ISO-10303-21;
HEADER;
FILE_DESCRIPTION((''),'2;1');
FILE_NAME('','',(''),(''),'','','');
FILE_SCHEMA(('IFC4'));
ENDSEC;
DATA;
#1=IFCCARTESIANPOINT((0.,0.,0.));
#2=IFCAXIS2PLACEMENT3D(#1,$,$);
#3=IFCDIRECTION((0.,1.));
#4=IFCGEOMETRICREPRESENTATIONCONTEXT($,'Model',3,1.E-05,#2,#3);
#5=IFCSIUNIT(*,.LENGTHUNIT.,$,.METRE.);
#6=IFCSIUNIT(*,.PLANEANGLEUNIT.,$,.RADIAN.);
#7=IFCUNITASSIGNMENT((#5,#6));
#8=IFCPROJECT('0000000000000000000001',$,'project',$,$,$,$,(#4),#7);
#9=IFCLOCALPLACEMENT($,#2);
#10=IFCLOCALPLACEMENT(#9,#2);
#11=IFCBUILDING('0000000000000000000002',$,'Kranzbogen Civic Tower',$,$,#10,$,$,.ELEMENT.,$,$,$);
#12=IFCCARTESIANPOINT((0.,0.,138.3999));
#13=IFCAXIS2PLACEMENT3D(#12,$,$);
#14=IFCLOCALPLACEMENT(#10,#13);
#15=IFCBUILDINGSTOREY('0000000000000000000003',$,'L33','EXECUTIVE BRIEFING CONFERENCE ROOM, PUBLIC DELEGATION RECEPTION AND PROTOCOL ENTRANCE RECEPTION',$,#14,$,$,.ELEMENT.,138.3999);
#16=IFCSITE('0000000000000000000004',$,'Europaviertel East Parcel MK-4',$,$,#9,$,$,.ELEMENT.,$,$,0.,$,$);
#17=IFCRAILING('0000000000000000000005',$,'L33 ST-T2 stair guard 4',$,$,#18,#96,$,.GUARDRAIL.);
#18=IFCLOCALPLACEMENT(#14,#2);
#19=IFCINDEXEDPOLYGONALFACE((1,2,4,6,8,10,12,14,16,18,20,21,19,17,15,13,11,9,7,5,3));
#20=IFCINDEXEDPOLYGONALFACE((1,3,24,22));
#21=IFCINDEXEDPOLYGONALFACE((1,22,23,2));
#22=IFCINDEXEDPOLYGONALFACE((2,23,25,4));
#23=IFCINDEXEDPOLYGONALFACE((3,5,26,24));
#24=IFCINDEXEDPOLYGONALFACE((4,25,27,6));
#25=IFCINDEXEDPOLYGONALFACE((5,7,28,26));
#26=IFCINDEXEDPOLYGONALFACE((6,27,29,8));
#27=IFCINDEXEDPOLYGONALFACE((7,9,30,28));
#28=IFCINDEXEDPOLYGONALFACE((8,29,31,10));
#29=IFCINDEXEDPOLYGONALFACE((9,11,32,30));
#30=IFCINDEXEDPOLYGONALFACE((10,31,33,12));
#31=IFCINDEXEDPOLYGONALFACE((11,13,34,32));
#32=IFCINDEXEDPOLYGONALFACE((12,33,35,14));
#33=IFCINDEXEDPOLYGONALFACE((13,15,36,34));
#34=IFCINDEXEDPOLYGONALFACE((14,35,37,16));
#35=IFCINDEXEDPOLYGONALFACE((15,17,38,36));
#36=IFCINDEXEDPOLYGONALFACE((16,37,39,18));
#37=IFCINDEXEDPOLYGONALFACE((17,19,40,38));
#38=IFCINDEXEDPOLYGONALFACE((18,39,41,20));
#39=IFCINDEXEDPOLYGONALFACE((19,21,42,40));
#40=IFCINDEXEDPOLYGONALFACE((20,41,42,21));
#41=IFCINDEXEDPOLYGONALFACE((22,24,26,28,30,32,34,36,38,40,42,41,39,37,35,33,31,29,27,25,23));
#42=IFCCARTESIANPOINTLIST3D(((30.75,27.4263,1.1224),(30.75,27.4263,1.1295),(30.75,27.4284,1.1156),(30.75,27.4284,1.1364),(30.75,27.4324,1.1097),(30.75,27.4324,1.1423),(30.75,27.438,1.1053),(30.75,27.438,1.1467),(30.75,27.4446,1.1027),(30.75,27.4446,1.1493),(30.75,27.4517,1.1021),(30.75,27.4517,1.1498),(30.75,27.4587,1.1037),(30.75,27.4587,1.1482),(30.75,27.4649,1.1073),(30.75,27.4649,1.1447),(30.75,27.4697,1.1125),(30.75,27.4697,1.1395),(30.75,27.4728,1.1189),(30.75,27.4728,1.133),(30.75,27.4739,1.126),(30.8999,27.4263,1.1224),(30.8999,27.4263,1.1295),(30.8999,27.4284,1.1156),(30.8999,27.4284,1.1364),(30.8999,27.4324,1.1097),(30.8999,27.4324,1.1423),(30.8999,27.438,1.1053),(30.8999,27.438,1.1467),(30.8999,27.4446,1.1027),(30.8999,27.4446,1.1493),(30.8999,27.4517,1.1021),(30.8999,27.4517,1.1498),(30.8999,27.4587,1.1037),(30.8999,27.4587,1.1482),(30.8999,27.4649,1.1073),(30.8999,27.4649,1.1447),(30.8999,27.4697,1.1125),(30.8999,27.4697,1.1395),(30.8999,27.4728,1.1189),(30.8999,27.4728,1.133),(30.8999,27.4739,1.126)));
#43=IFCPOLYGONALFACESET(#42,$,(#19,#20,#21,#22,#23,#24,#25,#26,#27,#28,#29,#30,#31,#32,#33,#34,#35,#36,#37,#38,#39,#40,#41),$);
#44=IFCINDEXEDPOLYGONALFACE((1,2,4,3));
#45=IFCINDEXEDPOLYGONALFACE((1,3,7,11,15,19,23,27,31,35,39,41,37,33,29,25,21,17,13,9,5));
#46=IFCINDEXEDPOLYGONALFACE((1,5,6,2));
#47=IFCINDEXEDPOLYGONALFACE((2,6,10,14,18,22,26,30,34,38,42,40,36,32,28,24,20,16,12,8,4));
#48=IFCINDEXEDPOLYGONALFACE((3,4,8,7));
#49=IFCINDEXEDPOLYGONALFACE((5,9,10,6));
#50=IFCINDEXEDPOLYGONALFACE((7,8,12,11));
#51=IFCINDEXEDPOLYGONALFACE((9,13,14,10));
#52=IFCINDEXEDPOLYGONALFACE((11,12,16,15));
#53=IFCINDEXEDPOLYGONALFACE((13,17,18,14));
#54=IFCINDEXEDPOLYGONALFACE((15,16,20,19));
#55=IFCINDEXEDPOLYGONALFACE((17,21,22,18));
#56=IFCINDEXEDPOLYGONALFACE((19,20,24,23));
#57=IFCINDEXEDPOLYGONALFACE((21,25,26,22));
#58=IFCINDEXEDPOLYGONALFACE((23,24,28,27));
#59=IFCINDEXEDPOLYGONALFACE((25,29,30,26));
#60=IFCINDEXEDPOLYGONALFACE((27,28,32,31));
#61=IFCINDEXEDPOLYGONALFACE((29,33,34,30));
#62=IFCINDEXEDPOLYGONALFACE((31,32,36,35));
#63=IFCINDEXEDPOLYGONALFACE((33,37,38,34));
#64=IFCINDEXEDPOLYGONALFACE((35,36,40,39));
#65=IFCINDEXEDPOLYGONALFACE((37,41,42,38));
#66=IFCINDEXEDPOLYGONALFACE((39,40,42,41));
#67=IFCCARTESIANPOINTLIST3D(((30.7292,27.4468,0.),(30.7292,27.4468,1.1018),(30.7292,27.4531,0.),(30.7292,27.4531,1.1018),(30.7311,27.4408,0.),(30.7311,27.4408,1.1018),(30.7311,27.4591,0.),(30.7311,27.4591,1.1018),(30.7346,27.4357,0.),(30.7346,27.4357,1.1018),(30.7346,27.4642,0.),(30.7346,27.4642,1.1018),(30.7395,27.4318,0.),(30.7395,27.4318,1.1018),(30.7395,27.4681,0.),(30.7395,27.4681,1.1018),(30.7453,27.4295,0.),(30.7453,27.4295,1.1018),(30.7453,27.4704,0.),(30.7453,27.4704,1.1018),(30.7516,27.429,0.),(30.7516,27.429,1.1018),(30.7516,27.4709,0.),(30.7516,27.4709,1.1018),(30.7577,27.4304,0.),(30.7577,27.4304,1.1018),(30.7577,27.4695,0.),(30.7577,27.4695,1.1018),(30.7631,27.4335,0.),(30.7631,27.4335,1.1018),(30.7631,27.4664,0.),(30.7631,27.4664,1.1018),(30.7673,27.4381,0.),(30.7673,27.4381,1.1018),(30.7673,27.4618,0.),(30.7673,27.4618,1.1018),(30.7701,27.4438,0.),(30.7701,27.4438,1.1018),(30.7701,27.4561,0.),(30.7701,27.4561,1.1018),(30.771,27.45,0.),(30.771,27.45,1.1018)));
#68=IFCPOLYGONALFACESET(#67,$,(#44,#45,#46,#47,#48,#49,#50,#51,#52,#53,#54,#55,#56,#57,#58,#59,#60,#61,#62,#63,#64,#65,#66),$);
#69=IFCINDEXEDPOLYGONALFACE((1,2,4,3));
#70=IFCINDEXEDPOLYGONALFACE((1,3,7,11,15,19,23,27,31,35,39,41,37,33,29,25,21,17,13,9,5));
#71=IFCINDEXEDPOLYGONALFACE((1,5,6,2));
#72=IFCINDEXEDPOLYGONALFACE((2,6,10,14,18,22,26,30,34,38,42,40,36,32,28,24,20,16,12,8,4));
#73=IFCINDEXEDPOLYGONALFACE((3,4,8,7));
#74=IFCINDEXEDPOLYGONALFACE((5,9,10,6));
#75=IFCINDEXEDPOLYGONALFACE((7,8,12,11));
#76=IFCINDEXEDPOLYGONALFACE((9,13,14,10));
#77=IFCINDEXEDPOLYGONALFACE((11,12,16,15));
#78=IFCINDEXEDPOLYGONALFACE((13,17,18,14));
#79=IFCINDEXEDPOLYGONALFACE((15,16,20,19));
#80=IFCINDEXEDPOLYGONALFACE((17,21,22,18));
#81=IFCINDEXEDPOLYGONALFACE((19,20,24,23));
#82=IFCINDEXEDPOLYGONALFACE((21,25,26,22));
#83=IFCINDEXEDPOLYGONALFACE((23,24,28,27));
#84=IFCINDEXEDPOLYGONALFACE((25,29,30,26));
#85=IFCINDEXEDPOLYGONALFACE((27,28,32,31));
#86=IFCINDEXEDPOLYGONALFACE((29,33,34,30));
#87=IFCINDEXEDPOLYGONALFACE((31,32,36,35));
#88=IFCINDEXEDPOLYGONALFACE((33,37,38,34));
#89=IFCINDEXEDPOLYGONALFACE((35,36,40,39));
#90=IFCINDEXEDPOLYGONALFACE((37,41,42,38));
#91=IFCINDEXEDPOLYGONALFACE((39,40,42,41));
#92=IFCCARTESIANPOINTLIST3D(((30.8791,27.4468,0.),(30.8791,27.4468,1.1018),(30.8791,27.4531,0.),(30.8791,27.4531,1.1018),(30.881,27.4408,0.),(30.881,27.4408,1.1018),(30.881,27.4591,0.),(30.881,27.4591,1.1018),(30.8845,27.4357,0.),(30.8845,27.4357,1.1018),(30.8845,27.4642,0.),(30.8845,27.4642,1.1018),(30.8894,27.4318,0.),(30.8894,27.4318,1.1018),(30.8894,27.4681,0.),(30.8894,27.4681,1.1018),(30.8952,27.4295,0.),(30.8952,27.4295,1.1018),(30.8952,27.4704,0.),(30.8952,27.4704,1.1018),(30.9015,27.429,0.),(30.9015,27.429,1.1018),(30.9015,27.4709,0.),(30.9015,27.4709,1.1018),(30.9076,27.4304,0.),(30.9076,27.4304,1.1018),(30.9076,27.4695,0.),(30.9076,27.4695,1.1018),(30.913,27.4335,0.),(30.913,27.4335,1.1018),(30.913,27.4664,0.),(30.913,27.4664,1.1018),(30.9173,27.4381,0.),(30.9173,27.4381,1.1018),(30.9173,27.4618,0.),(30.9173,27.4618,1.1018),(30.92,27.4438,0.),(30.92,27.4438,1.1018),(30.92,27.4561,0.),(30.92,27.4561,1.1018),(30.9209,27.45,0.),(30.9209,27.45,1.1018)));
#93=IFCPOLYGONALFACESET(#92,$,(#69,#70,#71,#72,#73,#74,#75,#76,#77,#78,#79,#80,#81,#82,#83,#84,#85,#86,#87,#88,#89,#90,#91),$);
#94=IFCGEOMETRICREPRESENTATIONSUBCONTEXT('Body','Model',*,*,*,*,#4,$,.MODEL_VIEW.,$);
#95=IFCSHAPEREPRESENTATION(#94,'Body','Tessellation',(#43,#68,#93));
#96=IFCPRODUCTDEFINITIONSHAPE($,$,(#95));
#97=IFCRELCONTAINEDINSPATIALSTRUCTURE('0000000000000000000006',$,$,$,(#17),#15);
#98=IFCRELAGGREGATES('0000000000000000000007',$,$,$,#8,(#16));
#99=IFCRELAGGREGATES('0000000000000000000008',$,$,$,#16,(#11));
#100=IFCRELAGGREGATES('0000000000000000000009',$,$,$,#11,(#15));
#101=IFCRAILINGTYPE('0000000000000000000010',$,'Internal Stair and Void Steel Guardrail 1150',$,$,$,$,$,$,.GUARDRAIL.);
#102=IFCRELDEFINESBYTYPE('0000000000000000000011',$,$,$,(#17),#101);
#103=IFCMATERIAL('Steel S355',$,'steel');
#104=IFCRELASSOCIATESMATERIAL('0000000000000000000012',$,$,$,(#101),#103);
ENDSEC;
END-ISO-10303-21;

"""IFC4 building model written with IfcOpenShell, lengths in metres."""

from ifc_helpers import new_model, si_unit, direction, frame, origin, origin_2d, place, context, subcontext, project, spatial, circle, extrude, material, type_object, element, save


model = new_model("IFC4")

# Units and contexts
model_context = context("Model", 3, precision=1e-05, world=origin(), true_north=direction((0.0, 1.0)))
body_context = subcontext(model_context, "Body", "Model", "MODEL_VIEW")
ifc_project = project(units=[si_unit("LENGTHUNIT", "METRE"), si_unit("PLANEANGLEUNIT", "RADIAN")], contexts=[model_context])

# Site, building, storey
site_placement = place(None, origin())
site = spatial("IfcSite", under=ifc_project, at=site_placement, Name="Europaviertel East Parcel MK-4", CompositionType="ELEMENT", RefElevation=0.0)
building_placement = place(site_placement, origin())
building = spatial("IfcBuilding", under=site, at=building_placement, Name="Kranzbogen Civic Tower", CompositionType="ELEMENT")
storey_placement = place(building_placement, frame((0.0, 0.0, 138.3999)))
storey = spatial("IfcBuildingStorey", under=building, at=storey_placement, Name="L33", Description="EXECUTIVE BRIEFING CONFERENCE ROOM, PUBLIC DELEGATION RECEPTION AND PROTOCOL ENTRANCE RECEPTION", CompositionType="ELEMENT", Elevation=138.3999)

# Shared definitions
ifc_material_1 = material(Name="Steel S355", Category="steel")

# Railing
railing_type_1 = type_object("IfcRailingType", Name="Internal Stair and Void Steel Guardrail 1150", PredefinedType="GUARDRAIL", material=ifc_material_1)
railing_1_placement = place(storey_placement, frame((30.75, 27.45, 0.0)))
element("IfcRailing", 1, at=railing_1_placement, inside=storey, type_object=railing_type_1, Name="L33 ST-T2 stair guard 4", PredefinedType="GUARDRAIL", context=body_context, shape_type="SweptSolid", body=[
    extrude(circle(Radius=0.0239, at=origin_2d()), frame((0.0, 0.0, 1.126), z_axis=(1.0, 0.0, 0.0), x_axis=(0.0, 1.0, 0.0)), (0.0, 0.0, 1.0), 0.1499),
    extrude(circle(Radius=0.021, at=origin_2d()), origin(), (0.0, 0.0, 1.0), 1.1018),
    extrude(circle(Radius=0.021, at=origin_2d()), frame((0.1499, 0.0, 0.0)), (0.0, 0.0, 1.0), 1.1018),
])

save(model, "model.ifc")
